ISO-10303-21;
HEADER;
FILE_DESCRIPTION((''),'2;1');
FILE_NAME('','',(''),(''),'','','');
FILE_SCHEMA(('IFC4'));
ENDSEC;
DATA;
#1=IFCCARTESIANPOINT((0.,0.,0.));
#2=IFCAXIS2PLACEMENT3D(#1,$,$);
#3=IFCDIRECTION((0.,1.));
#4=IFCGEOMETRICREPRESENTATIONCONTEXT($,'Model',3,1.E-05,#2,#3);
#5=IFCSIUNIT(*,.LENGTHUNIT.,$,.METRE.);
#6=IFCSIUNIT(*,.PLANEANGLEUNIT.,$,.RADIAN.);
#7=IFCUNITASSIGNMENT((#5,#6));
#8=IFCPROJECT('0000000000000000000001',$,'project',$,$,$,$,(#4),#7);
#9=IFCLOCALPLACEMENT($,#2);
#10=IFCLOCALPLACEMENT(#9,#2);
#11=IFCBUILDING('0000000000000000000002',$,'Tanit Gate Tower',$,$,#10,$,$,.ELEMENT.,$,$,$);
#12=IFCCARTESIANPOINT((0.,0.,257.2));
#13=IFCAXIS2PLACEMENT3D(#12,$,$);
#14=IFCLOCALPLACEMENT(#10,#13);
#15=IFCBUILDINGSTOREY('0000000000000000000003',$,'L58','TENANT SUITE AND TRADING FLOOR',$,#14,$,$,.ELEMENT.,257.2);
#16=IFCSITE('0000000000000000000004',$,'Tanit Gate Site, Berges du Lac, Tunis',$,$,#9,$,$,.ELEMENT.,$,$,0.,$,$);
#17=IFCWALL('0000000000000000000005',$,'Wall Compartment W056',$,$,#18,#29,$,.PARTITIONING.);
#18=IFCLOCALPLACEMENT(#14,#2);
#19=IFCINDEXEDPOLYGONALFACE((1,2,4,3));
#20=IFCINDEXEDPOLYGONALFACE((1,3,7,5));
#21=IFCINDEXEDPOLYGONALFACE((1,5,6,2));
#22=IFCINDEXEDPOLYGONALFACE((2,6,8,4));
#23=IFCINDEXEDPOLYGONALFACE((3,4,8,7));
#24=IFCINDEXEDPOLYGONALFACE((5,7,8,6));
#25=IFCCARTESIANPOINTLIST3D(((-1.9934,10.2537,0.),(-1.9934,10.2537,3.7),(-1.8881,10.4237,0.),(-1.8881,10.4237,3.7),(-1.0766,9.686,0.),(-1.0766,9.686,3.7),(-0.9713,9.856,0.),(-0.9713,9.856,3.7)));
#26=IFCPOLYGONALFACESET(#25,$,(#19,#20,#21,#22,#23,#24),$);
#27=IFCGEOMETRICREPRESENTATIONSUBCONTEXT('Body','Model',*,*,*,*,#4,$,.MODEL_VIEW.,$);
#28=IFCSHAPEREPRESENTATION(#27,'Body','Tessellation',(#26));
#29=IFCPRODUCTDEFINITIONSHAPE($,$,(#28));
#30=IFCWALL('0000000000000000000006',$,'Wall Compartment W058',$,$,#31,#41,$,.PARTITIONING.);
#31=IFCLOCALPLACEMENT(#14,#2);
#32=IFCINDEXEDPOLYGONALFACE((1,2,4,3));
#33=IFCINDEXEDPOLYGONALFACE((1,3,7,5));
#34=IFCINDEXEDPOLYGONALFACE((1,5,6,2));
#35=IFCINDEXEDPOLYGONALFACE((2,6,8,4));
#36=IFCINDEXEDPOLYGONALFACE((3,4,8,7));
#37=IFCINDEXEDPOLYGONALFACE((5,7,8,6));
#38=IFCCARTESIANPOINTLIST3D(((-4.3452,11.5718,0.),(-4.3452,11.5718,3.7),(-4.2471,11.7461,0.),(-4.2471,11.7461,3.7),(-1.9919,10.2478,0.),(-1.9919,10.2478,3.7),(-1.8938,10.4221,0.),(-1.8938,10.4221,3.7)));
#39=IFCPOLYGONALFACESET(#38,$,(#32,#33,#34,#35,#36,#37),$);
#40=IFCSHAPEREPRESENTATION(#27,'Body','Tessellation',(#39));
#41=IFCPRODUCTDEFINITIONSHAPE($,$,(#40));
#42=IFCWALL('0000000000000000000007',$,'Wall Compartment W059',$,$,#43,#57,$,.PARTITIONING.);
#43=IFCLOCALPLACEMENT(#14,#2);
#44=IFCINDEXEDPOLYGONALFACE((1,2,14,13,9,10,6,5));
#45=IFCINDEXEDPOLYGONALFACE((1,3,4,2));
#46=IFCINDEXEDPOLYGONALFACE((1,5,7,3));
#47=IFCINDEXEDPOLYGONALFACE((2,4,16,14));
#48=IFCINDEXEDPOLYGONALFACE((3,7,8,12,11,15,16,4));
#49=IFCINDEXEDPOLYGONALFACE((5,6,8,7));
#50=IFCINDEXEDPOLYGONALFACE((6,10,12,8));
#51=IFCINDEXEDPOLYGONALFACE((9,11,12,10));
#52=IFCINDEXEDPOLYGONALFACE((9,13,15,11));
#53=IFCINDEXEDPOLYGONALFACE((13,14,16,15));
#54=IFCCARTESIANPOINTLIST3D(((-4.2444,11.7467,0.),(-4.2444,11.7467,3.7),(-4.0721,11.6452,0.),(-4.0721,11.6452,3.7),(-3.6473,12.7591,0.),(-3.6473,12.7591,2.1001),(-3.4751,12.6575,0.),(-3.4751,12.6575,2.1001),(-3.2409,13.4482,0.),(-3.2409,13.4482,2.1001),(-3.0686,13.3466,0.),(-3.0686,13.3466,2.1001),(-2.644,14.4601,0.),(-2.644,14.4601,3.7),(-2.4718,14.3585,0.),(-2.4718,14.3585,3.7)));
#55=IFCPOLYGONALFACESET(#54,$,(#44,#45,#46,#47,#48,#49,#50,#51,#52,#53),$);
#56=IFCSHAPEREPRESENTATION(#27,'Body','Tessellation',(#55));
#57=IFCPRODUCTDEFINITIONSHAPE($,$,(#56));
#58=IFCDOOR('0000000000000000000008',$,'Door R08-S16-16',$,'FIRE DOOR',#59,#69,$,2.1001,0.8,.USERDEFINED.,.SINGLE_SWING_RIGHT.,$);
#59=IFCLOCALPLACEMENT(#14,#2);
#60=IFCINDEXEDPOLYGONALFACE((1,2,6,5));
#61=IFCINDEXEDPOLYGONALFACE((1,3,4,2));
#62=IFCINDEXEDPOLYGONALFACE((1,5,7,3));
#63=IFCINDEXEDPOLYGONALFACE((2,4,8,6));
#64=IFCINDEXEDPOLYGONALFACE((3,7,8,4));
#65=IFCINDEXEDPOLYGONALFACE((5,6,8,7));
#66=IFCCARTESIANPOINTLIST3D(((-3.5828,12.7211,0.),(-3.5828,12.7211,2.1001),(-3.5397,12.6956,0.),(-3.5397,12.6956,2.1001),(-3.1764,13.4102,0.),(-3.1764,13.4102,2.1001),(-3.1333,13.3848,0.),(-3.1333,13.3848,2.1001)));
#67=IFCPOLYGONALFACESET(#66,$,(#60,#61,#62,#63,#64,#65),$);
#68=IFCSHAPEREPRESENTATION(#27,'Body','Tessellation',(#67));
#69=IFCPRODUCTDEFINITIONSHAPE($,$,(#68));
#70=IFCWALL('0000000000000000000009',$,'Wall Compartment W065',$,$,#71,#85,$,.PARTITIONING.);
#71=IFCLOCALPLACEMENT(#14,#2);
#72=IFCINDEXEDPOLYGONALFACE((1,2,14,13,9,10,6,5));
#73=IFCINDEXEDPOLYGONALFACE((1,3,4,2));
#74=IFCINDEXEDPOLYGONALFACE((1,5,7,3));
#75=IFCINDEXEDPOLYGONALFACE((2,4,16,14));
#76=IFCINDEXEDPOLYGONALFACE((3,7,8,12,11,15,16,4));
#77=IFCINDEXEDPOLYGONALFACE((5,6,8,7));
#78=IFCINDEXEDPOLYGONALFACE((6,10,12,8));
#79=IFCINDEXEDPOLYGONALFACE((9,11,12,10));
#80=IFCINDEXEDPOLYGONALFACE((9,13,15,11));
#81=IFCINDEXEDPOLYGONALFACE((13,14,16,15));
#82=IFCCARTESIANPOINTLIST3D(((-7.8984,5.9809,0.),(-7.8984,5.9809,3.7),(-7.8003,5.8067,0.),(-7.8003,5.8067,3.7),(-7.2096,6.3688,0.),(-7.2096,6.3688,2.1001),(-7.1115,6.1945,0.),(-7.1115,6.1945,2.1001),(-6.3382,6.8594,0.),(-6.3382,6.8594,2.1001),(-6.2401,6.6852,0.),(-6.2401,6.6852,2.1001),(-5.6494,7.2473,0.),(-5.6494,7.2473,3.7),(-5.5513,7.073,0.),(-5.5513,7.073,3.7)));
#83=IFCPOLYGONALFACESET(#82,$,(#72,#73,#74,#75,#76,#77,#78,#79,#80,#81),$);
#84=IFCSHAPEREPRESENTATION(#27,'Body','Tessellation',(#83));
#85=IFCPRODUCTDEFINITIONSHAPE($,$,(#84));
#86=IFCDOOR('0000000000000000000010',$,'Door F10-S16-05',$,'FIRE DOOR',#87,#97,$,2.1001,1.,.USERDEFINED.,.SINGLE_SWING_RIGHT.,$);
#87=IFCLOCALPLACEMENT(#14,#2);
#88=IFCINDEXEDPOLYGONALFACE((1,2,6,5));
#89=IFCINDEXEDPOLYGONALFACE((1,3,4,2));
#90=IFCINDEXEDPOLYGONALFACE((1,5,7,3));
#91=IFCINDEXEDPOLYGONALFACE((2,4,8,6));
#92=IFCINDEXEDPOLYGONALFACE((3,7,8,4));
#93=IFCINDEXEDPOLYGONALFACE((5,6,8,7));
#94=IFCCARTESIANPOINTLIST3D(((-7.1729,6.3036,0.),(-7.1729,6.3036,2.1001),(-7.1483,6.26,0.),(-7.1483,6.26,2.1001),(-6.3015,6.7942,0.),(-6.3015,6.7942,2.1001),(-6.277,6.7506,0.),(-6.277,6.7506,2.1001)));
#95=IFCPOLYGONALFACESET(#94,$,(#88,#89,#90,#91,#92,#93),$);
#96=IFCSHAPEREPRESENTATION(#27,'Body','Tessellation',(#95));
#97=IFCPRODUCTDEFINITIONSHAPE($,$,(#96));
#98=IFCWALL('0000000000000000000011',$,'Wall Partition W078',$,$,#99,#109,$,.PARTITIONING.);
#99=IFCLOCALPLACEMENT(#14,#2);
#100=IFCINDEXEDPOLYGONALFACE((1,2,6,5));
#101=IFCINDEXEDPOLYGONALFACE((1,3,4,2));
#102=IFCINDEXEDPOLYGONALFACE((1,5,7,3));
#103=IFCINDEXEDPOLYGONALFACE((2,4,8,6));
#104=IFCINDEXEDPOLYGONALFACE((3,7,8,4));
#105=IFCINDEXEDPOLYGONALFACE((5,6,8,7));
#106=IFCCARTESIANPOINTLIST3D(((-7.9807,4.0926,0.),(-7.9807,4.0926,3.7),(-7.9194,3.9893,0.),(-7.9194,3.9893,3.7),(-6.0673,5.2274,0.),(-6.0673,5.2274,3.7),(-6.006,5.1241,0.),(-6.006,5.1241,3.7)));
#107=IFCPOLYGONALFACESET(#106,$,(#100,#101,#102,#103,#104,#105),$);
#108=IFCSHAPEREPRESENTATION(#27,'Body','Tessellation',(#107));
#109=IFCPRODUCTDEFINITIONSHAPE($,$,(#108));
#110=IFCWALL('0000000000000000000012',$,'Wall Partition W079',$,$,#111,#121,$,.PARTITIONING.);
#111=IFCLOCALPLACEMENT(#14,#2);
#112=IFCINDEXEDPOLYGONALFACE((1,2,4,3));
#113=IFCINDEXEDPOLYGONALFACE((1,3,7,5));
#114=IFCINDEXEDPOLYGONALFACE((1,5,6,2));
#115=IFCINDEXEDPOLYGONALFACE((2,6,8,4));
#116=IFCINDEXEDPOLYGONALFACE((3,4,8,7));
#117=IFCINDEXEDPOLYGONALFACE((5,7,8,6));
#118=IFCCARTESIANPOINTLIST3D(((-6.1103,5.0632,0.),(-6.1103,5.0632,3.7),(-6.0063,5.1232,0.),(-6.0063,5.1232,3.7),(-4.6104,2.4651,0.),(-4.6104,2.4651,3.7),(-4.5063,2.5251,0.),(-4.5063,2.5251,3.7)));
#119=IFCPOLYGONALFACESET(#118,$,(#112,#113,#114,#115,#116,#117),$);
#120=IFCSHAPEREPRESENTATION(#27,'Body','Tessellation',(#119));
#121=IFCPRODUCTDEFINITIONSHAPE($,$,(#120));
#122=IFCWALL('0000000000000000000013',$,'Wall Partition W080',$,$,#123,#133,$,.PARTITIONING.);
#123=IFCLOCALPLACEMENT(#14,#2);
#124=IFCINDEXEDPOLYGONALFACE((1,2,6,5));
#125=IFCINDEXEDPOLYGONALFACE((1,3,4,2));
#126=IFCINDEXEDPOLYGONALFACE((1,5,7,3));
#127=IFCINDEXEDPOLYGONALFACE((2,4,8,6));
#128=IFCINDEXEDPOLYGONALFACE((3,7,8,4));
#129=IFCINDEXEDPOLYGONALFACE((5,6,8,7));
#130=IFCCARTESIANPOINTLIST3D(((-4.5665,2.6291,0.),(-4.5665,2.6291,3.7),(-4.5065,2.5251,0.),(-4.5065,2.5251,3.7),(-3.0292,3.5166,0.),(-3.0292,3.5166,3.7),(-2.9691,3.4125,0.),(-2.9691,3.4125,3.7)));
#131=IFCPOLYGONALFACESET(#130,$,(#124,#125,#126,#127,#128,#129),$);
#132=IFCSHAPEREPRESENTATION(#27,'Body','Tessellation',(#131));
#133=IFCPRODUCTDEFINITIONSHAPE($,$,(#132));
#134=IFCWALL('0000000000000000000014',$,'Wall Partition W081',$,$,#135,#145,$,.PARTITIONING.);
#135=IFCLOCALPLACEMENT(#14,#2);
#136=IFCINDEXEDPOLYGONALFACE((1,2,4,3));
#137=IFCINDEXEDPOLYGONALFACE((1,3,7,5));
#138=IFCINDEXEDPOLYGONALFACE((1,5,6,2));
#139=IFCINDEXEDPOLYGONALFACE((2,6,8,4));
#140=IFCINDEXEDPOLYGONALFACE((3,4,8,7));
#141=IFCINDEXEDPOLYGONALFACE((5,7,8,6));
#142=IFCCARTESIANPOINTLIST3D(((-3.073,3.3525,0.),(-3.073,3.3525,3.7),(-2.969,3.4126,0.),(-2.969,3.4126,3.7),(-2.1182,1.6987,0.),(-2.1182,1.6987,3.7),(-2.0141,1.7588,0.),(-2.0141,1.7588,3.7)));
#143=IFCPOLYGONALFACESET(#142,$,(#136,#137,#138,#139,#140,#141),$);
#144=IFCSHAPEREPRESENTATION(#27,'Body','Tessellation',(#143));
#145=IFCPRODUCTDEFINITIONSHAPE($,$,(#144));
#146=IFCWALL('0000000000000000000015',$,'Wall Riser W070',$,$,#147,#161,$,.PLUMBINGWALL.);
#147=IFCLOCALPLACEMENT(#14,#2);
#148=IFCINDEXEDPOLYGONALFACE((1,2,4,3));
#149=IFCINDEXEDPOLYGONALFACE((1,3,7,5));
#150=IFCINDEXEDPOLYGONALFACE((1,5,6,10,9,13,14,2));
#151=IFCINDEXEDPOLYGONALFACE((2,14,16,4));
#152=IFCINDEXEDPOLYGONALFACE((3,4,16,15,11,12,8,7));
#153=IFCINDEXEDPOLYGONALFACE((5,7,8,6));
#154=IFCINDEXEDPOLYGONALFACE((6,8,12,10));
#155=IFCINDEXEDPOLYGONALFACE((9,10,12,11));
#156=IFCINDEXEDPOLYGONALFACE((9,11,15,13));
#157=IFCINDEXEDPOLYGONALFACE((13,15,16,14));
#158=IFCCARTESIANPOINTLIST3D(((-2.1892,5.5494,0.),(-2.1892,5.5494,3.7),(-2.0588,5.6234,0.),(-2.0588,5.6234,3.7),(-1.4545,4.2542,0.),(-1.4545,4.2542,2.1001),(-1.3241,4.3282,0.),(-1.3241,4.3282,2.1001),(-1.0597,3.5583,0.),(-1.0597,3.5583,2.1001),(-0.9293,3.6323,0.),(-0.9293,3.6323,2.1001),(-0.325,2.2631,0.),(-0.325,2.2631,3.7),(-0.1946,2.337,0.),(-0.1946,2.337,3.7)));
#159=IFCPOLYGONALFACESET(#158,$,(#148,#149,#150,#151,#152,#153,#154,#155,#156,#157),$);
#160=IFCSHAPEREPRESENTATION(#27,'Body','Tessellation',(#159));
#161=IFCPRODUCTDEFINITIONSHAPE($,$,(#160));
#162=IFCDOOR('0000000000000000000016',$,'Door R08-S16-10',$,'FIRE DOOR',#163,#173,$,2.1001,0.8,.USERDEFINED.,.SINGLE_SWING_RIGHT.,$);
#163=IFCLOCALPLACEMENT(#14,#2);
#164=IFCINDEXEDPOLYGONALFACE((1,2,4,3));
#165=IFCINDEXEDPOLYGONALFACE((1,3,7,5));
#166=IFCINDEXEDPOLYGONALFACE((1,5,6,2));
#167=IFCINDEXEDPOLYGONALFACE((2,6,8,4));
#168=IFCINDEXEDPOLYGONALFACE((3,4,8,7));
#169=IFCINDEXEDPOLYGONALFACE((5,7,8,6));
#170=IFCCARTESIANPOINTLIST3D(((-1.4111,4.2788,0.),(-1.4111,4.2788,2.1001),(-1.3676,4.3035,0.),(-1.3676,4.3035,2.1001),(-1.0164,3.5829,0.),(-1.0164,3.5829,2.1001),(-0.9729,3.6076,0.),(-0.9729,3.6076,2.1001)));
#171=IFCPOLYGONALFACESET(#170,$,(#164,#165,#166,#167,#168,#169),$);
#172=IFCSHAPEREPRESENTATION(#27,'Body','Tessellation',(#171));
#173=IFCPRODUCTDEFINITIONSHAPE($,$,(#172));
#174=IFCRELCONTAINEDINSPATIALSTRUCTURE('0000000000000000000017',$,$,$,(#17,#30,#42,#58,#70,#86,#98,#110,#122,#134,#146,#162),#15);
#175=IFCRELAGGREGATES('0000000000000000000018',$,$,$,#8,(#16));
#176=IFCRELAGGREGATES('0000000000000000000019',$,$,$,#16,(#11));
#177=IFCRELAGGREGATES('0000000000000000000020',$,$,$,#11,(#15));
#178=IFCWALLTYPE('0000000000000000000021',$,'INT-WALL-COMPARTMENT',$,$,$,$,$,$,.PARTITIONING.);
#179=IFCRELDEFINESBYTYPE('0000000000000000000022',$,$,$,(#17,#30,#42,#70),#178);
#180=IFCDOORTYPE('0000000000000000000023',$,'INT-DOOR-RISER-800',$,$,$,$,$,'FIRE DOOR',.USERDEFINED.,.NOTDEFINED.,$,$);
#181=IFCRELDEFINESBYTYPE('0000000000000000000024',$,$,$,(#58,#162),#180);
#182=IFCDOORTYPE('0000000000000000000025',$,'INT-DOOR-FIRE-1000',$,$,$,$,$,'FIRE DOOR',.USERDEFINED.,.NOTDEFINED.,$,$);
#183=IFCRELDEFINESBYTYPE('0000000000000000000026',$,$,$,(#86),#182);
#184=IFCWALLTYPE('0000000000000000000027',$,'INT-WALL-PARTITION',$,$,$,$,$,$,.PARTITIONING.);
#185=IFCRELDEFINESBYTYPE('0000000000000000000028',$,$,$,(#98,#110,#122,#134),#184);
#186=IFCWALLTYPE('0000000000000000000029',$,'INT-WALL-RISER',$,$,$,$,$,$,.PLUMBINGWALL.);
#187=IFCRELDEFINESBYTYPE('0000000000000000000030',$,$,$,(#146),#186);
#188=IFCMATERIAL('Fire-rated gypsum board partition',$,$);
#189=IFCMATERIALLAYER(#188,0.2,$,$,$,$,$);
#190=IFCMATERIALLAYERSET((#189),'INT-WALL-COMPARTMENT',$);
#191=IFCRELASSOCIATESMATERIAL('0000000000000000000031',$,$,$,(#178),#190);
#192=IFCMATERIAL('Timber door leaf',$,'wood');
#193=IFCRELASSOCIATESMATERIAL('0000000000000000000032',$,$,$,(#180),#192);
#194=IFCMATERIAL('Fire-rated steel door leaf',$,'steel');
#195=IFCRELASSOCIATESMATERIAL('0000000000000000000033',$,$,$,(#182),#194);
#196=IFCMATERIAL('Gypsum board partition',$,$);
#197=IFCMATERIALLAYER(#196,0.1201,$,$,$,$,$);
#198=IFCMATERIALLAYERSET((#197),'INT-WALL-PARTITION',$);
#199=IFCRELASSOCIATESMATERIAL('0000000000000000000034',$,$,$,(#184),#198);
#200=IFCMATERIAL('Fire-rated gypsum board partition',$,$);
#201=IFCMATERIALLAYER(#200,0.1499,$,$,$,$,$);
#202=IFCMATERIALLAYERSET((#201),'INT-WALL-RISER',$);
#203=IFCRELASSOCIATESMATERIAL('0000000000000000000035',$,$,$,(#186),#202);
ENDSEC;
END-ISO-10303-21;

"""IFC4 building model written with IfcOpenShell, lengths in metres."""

from ifc_helpers import new_model, si_unit, direction, frame, frame_2d, origin, place, context, subcontext, project, spatial, rectangle, extrude, material, layer, layer_set, type_object, element, fill, save


model = new_model("IFC4")

# Units and contexts
model_context = context("Model", 3, precision=1e-05, world=origin(), true_north=direction((0.0, 1.0)))
body_context = subcontext(model_context, "Body", "Model", "MODEL_VIEW")
ifc_project = project(units=[si_unit("LENGTHUNIT", "METRE"), si_unit("PLANEANGLEUNIT", "RADIAN")], contexts=[model_context])

# Site, building, storey
site_placement = place(None, origin())
site = spatial("IfcSite", under=ifc_project, at=site_placement, Name="Tanit Gate Site, Berges du Lac, Tunis", CompositionType="ELEMENT", RefElevation=0.0)
building_placement = place(site_placement, origin())
building = spatial("IfcBuilding", under=site, at=building_placement, Name="Tanit Gate Tower", CompositionType="ELEMENT")
storey_placement = place(building_placement, frame((0.0, 0.0, 257.2)))
storey = spatial("IfcBuildingStorey", under=building, at=storey_placement, Name="L58", Description="TENANT SUITE AND TRADING FLOOR", CompositionType="ELEMENT", Elevation=257.2)

# Walls
ifc_material_1 = material(Name="Fire-rated gypsum board partition")
ifc_layer_1 = layer(ifc_material_1, 0.2)
ifc_layer_set_1 = layer_set([ifc_layer_1], Name="INT-WALL-COMPARTMENT")
wall_type_1 = type_object("IfcWallType", Name="INT-WALL-COMPARTMENT", PredefinedType="PARTITIONING", material=ifc_layer_set_1)
wall_1_placement = place(storey_placement, frame((-1.9407, 10.3386, 0.0), z_axis=(0.0, 0.0, 1.0), x_axis=(0.850217, -0.526433, 0.0)))
element("IfcWall", 1, at=wall_1_placement, inside=storey, type_object=wall_type_1, Name="Wall Compartment W056", PredefinedType="PARTITIONING", context=body_context, shape_type="SweptSolid", body=[
    extrude(rectangle(XDim=1.0784, YDim=0.2, at=frame_2d((0.5391, 0.0))), origin(), (0.0, 0.0, 1.0), 3.7),
])
wall_2_placement = place(storey_placement, frame((-4.2961, 11.6589, 0.0), z_axis=(0.0, 0.0, 1.0), x_axis=(0.871534, -0.490334, 0.0)))
element("IfcWall", 2, at=wall_2_placement, inside=storey, type_object=wall_type_1, Name="Wall Compartment W058", PredefinedType="PARTITIONING", context=body_context, shape_type="SweptSolid", body=[
    extrude(rectangle(XDim=2.7002, YDim=0.2, at=frame_2d((1.3501, 0.0))), origin(), (0.0, 0.0, 1.0), 3.7),
])

# Walls, openings, doors
wall_3_placement = place(storey_placement, frame((-2.5579, 14.4094, 0.0), z_axis=(0.0, 0.0, 1.0), x_axis=(-0.508019, -0.861346, 0.0)))
wall_3 = element("IfcWall", 3, at=wall_3_placement, inside=storey, type_object=wall_type_1, Name="Wall Compartment W059", PredefinedType="PARTITIONING", context=body_context, shape_type="SweptSolid", body=[
    extrude(rectangle(XDim=3.1501, YDim=0.2, at=frame_2d((1.5752, 0.0))), origin(), (0.0, 0.0, 1.0), 3.7),
])
opening_1_placement = place(wall_3_placement, frame((1.175, 0.0, 0.0)))
opening_1 = element("IfcOpeningElement", 4, at=opening_1_placement, cuts=wall_3, PredefinedType="OPENING", context=body_context, shape_type="SweptSolid", body=[
    extrude(rectangle(XDim=0.8, YDim=2.1001, at=frame_2d((0.3999, 1.05))), frame((0.0, 0.1099, 0.0), z_axis=(0.0, -1.0, 0.0), x_axis=(1.0, 0.0, 0.0)), (0.0, 0.0, 1.0), 0.22),
])
ifc_material_2 = material(Name="Timber door leaf", Category="wood")
door_type_1 = type_object("IfcDoorType", Name="INT-DOOR-RISER-800", ElementType="FIRE DOOR", OperationType="NOTDEFINED", PredefinedType="USERDEFINED", material=ifc_material_2)
door_1_placement = place(opening_1_placement, origin())
door_1 = element("IfcDoor", 5, at=door_1_placement, inside=storey, type_object=door_type_1, Name="Door R08-S16-16", ObjectType="FIRE DOOR", OperationType="SINGLE_SWING_RIGHT", OverallHeight=2.1001, OverallWidth=0.8, PredefinedType="USERDEFINED", context=body_context, shape_type="SweptSolid", body=[
    extrude(rectangle(XDim=0.8, YDim=2.1001, at=frame_2d((0.3999, 1.05))), frame((0.0, 0.0249, 0.0), z_axis=(0.0, -1.0, 0.0), x_axis=(1.0, 0.0, 0.0)), (0.0, 0.0, 1.0), 0.05),
])
fill(opening_1, door_1)
wall_4_placement = place(storey_placement, frame((-5.6003, 7.1602, 0.0), z_axis=(0.0, 0.0, 1.0), x_axis=(-0.871363, -0.490638, 0.0)))
wall_4 = element("IfcWall", 6, at=wall_4_placement, inside=storey, type_object=wall_type_1, Name="Wall Compartment W065", PredefinedType="PARTITIONING", context=body_context, shape_type="SweptSolid", body=[
    extrude(rectangle(XDim=2.5811, YDim=0.2, at=frame_2d((1.2905, 0.0))), origin(), (0.0, 0.0, 1.0), 3.7),
])
opening_2_placement = place(wall_4_placement, frame((0.7905, 0.0, 0.0)))
opening_2 = element("IfcOpeningElement", 7, at=opening_2_placement, cuts=wall_4, PredefinedType="OPENING", context=body_context, shape_type="SweptSolid", body=[
    extrude(rectangle(XDim=1.0, YDim=2.1001, at=frame_2d((0.5, 1.05))), frame((0.0, 0.1099, 0.0), z_axis=(0.0, -1.0, 0.0), x_axis=(1.0, 0.0, 0.0)), (0.0, 0.0, 1.0), 0.22),
])
ifc_material_3 = material(Name="Fire-rated steel door leaf", Category="steel")
door_type_2 = type_object("IfcDoorType", Name="INT-DOOR-FIRE-1000", ElementType="FIRE DOOR", OperationType="NOTDEFINED", PredefinedType="USERDEFINED", material=ifc_material_3)
door_2_placement = place(opening_2_placement, origin())
door_2 = element("IfcDoor", 8, at=door_2_placement, inside=storey, type_object=door_type_2, Name="Door F10-S16-05", ObjectType="FIRE DOOR", OperationType="SINGLE_SWING_RIGHT", OverallHeight=2.1001, OverallWidth=1.0, PredefinedType="USERDEFINED", context=body_context, shape_type="SweptSolid", body=[
    extrude(rectangle(XDim=1.0, YDim=2.1001, at=frame_2d((0.5, 1.05))), frame((0.0, 0.0249, 0.0), z_axis=(0.0, -1.0, 0.0), x_axis=(1.0, 0.0, 0.0)), (0.0, 0.0, 1.0), 0.05),
])
fill(opening_2, door_2)

# Walls
ifc_material_4 = material(Name="Gypsum board partition")
ifc_layer_2 = layer(ifc_material_4, 0.1201)
ifc_layer_set_2 = layer_set([ifc_layer_2], Name="INT-WALL-PARTITION")
wall_type_2 = type_object("IfcWallType", Name="INT-WALL-PARTITION", PredefinedType="PARTITIONING", material=ifc_layer_set_2)
wall_5_placement = place(storey_placement, frame((-6.0366, 5.1758, 0.0), z_axis=(0.0, 0.0, 1.0), x_axis=(-0.860106, -0.510115, 0.0)))
element("IfcWall", 9, at=wall_5_placement, inside=storey, type_object=wall_type_2, Name="Wall Partition W078", PredefinedType="PARTITIONING", context=body_context, shape_type="SweptSolid", body=[
    extrude(rectangle(XDim=2.2246, YDim=0.1201, at=frame_2d((1.1123, 0.0))), origin(), (0.0, 0.0, 1.0), 3.7),
])
wall_6_placement = place(storey_placement, frame((-4.5583, 2.4951, 0.0), z_axis=(0.0, 0.0, 1.0), x_axis=(-0.49999, 0.866031, 0.0)))
element("IfcWall", 10, at=wall_6_placement, inside=storey, type_object=wall_type_2, Name="Wall Partition W079", PredefinedType="PARTITIONING", context=body_context, shape_type="SweptSolid", body=[
    extrude(rectangle(XDim=3.0, YDim=0.1201, at=frame_2d((1.5, 0.0))), origin(), (0.0, 0.0, 1.0), 3.7),
])
wall_7_placement = place(storey_placement, frame((-2.999, 3.4646, 0.0), z_axis=(0.0, 0.0, 1.0), x_axis=(-0.86606, -0.499941, 0.0)))
element("IfcWall", 11, at=wall_7_placement, inside=storey, type_object=wall_type_2, Name="Wall Partition W080", PredefinedType="PARTITIONING", context=body_context, shape_type="SweptSolid", body=[
    extrude(rectangle(XDim=1.7751, YDim=0.1201, at=frame_2d((0.8877, 0.0))), origin(), (0.0, 0.0, 1.0), 3.7),
])
wall_8_placement = place(storey_placement, frame((-2.0662, 1.7288, 0.0), z_axis=(0.0, 0.0, 1.0), x_axis=(-0.500003, 0.866024, 0.0)))
element("IfcWall", 12, at=wall_8_placement, inside=storey, type_object=wall_type_2, Name="Wall Partition W081", PredefinedType="PARTITIONING", context=body_context, shape_type="SweptSolid", body=[
    extrude(rectangle(XDim=1.9097, YDim=0.1201, at=frame_2d((0.9548, 0.0))), origin(), (0.0, 0.0, 1.0), 3.7),
])

# Wall, opening, door
ifc_material_5 = material(Name="Fire-rated gypsum board partition")
ifc_layer_3 = layer(ifc_material_5, 0.1499)
ifc_layer_set_3 = layer_set([ifc_layer_3], Name="INT-WALL-RISER")
wall_type_3 = type_object("IfcWallType", Name="INT-WALL-RISER", PredefinedType="PLUMBINGWALL", material=ifc_layer_set_3)
wall_9_placement = place(storey_placement, frame((-2.124, 5.5864, 0.0), z_axis=(0.0, 0.0, 1.0), x_axis=(0.493409, -0.869798, 0.0)))
wall_9 = element("IfcWall", 13, at=wall_9_placement, inside=storey, type_object=wall_type_3, Name="Wall Riser W070", PredefinedType="PLUMBINGWALL", context=body_context, shape_type="SweptSolid", body=[
    extrude(rectangle(XDim=3.7783, YDim=0.1499, at=frame_2d((1.8892, 0.0))), origin(), (0.0, 0.0, 1.0), 3.7),
])
opening_3_placement = place(wall_9_placement, frame((1.4893, 0.0, 0.0)))
opening_3 = element("IfcOpeningElement", 14, at=opening_3_placement, cuts=wall_9, PredefinedType="OPENING", context=body_context, shape_type="SweptSolid", body=[
    extrude(rectangle(XDim=0.8, YDim=2.1001, at=frame_2d((0.3999, 1.05))), frame((0.0, 0.085, 0.0), z_axis=(0.0, -1.0, 0.0), x_axis=(1.0, 0.0, 0.0)), (0.0, 0.0, 1.0), 0.1699),
])
door_3_placement = place(opening_3_placement, origin())
door_3 = element("IfcDoor", 15, at=door_3_placement, inside=storey, type_object=door_type_1, Name="Door R08-S16-10", ObjectType="FIRE DOOR", OperationType="SINGLE_SWING_RIGHT", OverallHeight=2.1001, OverallWidth=0.8, PredefinedType="USERDEFINED", context=body_context, shape_type="SweptSolid", body=[
    extrude(rectangle(XDim=0.8, YDim=2.1001, at=frame_2d((0.3999, 1.05))), frame((0.0, 0.0249, 0.0), z_axis=(0.0, -1.0, 0.0), x_axis=(1.0, 0.0, 0.0)), (0.0, 0.0, 1.0), 0.05),
])
fill(opening_3, door_3)

save(model, "model.ifc")
